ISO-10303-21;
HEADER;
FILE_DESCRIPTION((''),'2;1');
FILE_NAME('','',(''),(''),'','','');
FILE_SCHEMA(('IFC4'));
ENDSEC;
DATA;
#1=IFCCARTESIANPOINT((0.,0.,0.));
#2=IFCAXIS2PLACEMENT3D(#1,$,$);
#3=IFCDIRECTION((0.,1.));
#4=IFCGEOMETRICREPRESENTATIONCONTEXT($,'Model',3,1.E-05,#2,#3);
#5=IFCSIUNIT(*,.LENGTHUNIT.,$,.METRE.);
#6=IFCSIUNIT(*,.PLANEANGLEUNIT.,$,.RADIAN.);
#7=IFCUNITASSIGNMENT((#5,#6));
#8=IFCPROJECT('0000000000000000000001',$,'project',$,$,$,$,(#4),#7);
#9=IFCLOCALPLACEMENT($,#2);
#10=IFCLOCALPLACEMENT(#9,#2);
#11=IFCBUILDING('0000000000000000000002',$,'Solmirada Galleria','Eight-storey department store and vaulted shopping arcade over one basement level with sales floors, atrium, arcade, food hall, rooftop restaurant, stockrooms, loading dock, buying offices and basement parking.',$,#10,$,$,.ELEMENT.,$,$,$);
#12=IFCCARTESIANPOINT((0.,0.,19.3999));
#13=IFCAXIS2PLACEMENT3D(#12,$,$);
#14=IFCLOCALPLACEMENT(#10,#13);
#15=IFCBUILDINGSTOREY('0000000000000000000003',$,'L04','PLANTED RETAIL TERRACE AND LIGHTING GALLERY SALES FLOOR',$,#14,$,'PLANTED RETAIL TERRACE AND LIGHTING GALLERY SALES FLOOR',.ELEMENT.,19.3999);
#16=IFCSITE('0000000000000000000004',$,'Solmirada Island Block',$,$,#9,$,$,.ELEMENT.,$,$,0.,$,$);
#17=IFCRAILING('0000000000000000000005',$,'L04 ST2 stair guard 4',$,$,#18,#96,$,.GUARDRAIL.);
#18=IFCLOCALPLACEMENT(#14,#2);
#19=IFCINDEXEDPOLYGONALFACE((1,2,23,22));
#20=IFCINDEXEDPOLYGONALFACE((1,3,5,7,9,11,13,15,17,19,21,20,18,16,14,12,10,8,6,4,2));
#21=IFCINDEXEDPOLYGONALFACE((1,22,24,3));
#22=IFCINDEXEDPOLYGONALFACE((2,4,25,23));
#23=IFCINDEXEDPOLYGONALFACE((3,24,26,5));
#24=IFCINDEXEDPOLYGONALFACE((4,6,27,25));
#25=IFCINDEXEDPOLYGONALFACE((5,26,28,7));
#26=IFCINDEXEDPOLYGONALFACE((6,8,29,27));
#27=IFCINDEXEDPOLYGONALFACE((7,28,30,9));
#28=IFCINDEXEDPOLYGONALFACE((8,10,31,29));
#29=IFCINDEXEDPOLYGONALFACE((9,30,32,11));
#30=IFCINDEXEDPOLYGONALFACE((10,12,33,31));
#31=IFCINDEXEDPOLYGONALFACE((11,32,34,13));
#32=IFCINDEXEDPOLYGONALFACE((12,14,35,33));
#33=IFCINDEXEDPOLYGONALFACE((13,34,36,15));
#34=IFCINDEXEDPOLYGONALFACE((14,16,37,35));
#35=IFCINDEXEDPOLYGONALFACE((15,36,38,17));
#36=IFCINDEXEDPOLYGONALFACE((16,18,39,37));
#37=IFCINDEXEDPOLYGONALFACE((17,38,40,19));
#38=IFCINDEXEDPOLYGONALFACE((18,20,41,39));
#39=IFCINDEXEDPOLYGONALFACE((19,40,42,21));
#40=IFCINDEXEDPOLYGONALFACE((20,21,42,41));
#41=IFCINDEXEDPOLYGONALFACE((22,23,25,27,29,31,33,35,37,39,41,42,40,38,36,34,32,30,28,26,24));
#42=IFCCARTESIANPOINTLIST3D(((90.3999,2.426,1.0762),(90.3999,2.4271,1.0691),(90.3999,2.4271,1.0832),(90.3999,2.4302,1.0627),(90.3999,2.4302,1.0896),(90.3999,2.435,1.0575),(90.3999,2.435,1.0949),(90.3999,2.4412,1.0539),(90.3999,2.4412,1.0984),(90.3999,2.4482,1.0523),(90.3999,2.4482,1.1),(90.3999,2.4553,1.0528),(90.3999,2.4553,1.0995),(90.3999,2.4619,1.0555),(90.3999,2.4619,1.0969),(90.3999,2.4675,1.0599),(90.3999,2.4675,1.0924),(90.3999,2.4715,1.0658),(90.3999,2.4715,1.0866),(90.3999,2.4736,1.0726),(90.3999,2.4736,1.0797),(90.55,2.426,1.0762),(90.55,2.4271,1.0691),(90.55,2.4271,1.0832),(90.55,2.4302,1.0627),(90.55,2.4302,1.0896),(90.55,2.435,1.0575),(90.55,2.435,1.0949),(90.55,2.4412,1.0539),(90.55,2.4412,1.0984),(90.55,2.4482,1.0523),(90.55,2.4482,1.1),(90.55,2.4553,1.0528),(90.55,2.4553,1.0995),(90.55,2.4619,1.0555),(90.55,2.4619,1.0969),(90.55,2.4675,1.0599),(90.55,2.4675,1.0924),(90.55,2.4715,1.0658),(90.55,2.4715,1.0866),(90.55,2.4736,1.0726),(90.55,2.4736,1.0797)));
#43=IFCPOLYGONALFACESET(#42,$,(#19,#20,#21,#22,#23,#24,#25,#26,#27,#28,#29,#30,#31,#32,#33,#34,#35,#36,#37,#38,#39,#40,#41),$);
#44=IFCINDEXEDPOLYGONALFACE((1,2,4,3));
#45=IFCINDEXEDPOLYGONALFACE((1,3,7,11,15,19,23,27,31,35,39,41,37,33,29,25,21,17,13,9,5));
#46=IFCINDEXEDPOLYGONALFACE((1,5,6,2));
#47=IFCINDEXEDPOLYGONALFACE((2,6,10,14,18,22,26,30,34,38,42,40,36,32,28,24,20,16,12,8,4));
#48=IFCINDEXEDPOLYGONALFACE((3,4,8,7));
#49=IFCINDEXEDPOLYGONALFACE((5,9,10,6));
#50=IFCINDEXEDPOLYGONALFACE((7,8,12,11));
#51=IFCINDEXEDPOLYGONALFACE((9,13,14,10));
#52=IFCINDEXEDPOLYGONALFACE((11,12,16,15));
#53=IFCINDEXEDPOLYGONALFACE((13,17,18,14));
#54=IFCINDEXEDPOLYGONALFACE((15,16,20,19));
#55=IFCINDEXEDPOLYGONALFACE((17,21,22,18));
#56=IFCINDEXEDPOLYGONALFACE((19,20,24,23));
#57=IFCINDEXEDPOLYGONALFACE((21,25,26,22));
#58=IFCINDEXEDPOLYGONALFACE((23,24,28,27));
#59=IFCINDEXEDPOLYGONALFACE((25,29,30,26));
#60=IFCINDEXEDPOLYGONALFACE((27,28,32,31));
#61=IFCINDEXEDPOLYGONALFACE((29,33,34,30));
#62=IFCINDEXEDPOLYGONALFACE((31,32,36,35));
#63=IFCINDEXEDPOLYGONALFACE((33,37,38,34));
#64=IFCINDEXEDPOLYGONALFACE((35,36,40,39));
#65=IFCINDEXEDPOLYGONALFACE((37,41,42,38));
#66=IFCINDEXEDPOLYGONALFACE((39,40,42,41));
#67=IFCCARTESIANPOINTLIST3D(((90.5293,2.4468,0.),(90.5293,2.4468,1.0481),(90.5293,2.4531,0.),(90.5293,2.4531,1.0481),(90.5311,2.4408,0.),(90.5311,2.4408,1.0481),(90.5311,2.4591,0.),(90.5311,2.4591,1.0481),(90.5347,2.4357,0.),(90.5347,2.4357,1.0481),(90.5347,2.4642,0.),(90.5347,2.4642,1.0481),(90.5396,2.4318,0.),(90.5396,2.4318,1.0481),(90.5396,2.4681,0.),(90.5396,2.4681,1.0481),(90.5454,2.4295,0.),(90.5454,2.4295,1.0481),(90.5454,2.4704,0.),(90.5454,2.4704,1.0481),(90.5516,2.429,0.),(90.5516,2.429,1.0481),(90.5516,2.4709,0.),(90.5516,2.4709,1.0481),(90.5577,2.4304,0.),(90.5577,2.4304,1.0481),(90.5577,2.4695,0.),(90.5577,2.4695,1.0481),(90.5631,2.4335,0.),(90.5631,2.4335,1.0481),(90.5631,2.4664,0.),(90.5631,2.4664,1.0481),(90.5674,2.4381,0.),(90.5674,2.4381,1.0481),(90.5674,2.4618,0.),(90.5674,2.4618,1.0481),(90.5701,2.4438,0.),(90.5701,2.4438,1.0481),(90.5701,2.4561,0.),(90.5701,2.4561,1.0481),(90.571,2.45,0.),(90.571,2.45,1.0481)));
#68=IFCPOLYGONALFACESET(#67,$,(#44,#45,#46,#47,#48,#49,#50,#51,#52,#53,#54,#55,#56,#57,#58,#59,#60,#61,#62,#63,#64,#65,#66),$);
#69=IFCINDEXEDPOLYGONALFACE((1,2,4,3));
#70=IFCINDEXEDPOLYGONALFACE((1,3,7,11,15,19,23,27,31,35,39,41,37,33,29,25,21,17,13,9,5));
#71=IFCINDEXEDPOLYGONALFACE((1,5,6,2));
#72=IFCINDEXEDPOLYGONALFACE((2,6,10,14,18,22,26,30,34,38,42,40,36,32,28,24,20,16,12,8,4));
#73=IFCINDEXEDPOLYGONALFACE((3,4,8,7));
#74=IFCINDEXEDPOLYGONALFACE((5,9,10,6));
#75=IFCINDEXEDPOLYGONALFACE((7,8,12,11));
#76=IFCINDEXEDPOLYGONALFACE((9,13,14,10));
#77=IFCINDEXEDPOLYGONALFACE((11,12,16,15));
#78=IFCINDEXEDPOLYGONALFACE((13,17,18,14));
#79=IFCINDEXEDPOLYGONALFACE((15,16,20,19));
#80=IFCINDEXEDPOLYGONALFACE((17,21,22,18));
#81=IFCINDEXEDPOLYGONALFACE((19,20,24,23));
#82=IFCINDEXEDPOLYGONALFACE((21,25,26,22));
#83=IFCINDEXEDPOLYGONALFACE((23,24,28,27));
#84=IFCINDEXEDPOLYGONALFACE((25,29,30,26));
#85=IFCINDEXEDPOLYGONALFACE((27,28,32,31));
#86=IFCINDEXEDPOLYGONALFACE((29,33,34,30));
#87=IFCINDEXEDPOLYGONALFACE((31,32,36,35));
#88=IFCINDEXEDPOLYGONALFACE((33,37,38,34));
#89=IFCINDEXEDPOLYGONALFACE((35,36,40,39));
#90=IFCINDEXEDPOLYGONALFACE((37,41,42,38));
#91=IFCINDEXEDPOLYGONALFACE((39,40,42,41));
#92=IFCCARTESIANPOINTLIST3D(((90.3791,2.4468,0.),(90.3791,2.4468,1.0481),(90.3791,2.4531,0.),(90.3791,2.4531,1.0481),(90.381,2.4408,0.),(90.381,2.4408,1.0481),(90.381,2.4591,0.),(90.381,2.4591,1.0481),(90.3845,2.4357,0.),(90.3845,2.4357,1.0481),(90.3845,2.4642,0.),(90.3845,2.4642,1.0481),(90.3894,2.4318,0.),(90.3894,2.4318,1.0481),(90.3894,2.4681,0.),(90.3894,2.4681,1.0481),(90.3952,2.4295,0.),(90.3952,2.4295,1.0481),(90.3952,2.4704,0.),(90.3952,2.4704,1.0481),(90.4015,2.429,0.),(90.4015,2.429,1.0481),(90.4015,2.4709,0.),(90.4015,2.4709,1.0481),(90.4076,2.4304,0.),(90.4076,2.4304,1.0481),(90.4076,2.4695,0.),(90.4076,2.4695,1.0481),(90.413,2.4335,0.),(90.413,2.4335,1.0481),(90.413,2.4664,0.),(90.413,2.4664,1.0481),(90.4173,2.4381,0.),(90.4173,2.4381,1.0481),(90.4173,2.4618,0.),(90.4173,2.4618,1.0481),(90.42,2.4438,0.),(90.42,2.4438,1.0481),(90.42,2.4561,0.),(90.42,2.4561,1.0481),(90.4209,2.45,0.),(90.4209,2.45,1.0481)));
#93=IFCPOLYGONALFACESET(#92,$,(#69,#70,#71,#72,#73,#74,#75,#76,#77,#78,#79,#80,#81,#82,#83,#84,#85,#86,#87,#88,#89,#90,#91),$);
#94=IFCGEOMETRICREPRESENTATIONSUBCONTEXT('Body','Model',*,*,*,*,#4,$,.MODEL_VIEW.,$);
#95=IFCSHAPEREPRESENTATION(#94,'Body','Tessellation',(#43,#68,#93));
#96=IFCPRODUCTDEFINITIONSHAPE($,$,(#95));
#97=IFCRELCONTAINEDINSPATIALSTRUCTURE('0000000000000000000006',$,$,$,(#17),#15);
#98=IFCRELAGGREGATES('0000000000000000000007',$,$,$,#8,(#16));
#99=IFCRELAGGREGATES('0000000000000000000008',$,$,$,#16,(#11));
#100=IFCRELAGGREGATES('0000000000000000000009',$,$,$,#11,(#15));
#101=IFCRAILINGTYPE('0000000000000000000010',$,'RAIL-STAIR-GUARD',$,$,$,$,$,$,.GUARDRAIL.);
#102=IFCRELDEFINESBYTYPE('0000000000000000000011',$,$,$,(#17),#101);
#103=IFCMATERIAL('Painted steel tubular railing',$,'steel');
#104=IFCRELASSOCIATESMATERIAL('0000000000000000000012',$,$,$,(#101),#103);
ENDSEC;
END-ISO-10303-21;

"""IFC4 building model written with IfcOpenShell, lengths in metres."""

from ifc_helpers import new_model, si_unit, direction, frame, origin, origin_2d, place, context, subcontext, project, spatial, circle, extrude, material, type_object, element, save


model = new_model("IFC4")

# Units and contexts
model_context = context("Model", 3, precision=1e-05, world=origin(), true_north=direction((0.0, 1.0)))
body_context = subcontext(model_context, "Body", "Model", "MODEL_VIEW")
ifc_project = project(units=[si_unit("LENGTHUNIT", "METRE"), si_unit("PLANEANGLEUNIT", "RADIAN")], contexts=[model_context])

# Site, building, storey
site_placement = place(None, origin())
site = spatial("IfcSite", under=ifc_project, at=site_placement, Name="Solmirada Island Block", CompositionType="ELEMENT", RefElevation=0.0)
building_placement = place(site_placement, origin())
building = spatial("IfcBuilding", under=site, at=building_placement, Name="Solmirada Galleria", Description="Eight-storey department store and vaulted shopping arcade over one basement level with sales floors, atrium, arcade, food hall, rooftop restaurant, stockrooms, loading dock, buying offices and basement parking.", CompositionType="ELEMENT")
storey_placement = place(building_placement, frame((0.0, 0.0, 19.3999)))
storey = spatial("IfcBuildingStorey", under=building, at=storey_placement, Name="L04", Description="PLANTED RETAIL TERRACE AND LIGHTING GALLERY SALES FLOOR", LongName="PLANTED RETAIL TERRACE AND LIGHTING GALLERY SALES FLOOR", CompositionType="ELEMENT", Elevation=19.3999)

# Railing
ifc_material_1 = material(Name="Painted steel tubular railing", Category="steel")
railing_type_1 = type_object("IfcRailingType", Name="RAIL-STAIR-GUARD", PredefinedType="GUARDRAIL", material=ifc_material_1)
railing_1_placement = place(storey_placement, frame((90.55, 2.45, 0.0)))
element("IfcRailing", 1, at=railing_1_placement, inside=storey, type_object=railing_type_1, Name="L04 ST2 stair guard 4", PredefinedType="GUARDRAIL", context=body_context, shape_type="SweptSolid", body=[
    extrude(circle(Radius=0.0239, at=origin_2d()), frame((0.0, 0.0, 1.0762), z_axis=(-1.0, 0.0, 0.0), x_axis=(0.0, -1.0, 0.0)), (0.0, 0.0, 1.0), 0.1501),
    extrude(circle(Radius=0.021, at=origin_2d()), origin(), (0.0, 0.0, 1.0), 1.0481),
    extrude(circle(Radius=0.021, at=origin_2d()), frame((-0.1501, 0.0, 0.0)), (0.0, 0.0, 1.0), 1.0481),
])

save(model, "model.ifc")
